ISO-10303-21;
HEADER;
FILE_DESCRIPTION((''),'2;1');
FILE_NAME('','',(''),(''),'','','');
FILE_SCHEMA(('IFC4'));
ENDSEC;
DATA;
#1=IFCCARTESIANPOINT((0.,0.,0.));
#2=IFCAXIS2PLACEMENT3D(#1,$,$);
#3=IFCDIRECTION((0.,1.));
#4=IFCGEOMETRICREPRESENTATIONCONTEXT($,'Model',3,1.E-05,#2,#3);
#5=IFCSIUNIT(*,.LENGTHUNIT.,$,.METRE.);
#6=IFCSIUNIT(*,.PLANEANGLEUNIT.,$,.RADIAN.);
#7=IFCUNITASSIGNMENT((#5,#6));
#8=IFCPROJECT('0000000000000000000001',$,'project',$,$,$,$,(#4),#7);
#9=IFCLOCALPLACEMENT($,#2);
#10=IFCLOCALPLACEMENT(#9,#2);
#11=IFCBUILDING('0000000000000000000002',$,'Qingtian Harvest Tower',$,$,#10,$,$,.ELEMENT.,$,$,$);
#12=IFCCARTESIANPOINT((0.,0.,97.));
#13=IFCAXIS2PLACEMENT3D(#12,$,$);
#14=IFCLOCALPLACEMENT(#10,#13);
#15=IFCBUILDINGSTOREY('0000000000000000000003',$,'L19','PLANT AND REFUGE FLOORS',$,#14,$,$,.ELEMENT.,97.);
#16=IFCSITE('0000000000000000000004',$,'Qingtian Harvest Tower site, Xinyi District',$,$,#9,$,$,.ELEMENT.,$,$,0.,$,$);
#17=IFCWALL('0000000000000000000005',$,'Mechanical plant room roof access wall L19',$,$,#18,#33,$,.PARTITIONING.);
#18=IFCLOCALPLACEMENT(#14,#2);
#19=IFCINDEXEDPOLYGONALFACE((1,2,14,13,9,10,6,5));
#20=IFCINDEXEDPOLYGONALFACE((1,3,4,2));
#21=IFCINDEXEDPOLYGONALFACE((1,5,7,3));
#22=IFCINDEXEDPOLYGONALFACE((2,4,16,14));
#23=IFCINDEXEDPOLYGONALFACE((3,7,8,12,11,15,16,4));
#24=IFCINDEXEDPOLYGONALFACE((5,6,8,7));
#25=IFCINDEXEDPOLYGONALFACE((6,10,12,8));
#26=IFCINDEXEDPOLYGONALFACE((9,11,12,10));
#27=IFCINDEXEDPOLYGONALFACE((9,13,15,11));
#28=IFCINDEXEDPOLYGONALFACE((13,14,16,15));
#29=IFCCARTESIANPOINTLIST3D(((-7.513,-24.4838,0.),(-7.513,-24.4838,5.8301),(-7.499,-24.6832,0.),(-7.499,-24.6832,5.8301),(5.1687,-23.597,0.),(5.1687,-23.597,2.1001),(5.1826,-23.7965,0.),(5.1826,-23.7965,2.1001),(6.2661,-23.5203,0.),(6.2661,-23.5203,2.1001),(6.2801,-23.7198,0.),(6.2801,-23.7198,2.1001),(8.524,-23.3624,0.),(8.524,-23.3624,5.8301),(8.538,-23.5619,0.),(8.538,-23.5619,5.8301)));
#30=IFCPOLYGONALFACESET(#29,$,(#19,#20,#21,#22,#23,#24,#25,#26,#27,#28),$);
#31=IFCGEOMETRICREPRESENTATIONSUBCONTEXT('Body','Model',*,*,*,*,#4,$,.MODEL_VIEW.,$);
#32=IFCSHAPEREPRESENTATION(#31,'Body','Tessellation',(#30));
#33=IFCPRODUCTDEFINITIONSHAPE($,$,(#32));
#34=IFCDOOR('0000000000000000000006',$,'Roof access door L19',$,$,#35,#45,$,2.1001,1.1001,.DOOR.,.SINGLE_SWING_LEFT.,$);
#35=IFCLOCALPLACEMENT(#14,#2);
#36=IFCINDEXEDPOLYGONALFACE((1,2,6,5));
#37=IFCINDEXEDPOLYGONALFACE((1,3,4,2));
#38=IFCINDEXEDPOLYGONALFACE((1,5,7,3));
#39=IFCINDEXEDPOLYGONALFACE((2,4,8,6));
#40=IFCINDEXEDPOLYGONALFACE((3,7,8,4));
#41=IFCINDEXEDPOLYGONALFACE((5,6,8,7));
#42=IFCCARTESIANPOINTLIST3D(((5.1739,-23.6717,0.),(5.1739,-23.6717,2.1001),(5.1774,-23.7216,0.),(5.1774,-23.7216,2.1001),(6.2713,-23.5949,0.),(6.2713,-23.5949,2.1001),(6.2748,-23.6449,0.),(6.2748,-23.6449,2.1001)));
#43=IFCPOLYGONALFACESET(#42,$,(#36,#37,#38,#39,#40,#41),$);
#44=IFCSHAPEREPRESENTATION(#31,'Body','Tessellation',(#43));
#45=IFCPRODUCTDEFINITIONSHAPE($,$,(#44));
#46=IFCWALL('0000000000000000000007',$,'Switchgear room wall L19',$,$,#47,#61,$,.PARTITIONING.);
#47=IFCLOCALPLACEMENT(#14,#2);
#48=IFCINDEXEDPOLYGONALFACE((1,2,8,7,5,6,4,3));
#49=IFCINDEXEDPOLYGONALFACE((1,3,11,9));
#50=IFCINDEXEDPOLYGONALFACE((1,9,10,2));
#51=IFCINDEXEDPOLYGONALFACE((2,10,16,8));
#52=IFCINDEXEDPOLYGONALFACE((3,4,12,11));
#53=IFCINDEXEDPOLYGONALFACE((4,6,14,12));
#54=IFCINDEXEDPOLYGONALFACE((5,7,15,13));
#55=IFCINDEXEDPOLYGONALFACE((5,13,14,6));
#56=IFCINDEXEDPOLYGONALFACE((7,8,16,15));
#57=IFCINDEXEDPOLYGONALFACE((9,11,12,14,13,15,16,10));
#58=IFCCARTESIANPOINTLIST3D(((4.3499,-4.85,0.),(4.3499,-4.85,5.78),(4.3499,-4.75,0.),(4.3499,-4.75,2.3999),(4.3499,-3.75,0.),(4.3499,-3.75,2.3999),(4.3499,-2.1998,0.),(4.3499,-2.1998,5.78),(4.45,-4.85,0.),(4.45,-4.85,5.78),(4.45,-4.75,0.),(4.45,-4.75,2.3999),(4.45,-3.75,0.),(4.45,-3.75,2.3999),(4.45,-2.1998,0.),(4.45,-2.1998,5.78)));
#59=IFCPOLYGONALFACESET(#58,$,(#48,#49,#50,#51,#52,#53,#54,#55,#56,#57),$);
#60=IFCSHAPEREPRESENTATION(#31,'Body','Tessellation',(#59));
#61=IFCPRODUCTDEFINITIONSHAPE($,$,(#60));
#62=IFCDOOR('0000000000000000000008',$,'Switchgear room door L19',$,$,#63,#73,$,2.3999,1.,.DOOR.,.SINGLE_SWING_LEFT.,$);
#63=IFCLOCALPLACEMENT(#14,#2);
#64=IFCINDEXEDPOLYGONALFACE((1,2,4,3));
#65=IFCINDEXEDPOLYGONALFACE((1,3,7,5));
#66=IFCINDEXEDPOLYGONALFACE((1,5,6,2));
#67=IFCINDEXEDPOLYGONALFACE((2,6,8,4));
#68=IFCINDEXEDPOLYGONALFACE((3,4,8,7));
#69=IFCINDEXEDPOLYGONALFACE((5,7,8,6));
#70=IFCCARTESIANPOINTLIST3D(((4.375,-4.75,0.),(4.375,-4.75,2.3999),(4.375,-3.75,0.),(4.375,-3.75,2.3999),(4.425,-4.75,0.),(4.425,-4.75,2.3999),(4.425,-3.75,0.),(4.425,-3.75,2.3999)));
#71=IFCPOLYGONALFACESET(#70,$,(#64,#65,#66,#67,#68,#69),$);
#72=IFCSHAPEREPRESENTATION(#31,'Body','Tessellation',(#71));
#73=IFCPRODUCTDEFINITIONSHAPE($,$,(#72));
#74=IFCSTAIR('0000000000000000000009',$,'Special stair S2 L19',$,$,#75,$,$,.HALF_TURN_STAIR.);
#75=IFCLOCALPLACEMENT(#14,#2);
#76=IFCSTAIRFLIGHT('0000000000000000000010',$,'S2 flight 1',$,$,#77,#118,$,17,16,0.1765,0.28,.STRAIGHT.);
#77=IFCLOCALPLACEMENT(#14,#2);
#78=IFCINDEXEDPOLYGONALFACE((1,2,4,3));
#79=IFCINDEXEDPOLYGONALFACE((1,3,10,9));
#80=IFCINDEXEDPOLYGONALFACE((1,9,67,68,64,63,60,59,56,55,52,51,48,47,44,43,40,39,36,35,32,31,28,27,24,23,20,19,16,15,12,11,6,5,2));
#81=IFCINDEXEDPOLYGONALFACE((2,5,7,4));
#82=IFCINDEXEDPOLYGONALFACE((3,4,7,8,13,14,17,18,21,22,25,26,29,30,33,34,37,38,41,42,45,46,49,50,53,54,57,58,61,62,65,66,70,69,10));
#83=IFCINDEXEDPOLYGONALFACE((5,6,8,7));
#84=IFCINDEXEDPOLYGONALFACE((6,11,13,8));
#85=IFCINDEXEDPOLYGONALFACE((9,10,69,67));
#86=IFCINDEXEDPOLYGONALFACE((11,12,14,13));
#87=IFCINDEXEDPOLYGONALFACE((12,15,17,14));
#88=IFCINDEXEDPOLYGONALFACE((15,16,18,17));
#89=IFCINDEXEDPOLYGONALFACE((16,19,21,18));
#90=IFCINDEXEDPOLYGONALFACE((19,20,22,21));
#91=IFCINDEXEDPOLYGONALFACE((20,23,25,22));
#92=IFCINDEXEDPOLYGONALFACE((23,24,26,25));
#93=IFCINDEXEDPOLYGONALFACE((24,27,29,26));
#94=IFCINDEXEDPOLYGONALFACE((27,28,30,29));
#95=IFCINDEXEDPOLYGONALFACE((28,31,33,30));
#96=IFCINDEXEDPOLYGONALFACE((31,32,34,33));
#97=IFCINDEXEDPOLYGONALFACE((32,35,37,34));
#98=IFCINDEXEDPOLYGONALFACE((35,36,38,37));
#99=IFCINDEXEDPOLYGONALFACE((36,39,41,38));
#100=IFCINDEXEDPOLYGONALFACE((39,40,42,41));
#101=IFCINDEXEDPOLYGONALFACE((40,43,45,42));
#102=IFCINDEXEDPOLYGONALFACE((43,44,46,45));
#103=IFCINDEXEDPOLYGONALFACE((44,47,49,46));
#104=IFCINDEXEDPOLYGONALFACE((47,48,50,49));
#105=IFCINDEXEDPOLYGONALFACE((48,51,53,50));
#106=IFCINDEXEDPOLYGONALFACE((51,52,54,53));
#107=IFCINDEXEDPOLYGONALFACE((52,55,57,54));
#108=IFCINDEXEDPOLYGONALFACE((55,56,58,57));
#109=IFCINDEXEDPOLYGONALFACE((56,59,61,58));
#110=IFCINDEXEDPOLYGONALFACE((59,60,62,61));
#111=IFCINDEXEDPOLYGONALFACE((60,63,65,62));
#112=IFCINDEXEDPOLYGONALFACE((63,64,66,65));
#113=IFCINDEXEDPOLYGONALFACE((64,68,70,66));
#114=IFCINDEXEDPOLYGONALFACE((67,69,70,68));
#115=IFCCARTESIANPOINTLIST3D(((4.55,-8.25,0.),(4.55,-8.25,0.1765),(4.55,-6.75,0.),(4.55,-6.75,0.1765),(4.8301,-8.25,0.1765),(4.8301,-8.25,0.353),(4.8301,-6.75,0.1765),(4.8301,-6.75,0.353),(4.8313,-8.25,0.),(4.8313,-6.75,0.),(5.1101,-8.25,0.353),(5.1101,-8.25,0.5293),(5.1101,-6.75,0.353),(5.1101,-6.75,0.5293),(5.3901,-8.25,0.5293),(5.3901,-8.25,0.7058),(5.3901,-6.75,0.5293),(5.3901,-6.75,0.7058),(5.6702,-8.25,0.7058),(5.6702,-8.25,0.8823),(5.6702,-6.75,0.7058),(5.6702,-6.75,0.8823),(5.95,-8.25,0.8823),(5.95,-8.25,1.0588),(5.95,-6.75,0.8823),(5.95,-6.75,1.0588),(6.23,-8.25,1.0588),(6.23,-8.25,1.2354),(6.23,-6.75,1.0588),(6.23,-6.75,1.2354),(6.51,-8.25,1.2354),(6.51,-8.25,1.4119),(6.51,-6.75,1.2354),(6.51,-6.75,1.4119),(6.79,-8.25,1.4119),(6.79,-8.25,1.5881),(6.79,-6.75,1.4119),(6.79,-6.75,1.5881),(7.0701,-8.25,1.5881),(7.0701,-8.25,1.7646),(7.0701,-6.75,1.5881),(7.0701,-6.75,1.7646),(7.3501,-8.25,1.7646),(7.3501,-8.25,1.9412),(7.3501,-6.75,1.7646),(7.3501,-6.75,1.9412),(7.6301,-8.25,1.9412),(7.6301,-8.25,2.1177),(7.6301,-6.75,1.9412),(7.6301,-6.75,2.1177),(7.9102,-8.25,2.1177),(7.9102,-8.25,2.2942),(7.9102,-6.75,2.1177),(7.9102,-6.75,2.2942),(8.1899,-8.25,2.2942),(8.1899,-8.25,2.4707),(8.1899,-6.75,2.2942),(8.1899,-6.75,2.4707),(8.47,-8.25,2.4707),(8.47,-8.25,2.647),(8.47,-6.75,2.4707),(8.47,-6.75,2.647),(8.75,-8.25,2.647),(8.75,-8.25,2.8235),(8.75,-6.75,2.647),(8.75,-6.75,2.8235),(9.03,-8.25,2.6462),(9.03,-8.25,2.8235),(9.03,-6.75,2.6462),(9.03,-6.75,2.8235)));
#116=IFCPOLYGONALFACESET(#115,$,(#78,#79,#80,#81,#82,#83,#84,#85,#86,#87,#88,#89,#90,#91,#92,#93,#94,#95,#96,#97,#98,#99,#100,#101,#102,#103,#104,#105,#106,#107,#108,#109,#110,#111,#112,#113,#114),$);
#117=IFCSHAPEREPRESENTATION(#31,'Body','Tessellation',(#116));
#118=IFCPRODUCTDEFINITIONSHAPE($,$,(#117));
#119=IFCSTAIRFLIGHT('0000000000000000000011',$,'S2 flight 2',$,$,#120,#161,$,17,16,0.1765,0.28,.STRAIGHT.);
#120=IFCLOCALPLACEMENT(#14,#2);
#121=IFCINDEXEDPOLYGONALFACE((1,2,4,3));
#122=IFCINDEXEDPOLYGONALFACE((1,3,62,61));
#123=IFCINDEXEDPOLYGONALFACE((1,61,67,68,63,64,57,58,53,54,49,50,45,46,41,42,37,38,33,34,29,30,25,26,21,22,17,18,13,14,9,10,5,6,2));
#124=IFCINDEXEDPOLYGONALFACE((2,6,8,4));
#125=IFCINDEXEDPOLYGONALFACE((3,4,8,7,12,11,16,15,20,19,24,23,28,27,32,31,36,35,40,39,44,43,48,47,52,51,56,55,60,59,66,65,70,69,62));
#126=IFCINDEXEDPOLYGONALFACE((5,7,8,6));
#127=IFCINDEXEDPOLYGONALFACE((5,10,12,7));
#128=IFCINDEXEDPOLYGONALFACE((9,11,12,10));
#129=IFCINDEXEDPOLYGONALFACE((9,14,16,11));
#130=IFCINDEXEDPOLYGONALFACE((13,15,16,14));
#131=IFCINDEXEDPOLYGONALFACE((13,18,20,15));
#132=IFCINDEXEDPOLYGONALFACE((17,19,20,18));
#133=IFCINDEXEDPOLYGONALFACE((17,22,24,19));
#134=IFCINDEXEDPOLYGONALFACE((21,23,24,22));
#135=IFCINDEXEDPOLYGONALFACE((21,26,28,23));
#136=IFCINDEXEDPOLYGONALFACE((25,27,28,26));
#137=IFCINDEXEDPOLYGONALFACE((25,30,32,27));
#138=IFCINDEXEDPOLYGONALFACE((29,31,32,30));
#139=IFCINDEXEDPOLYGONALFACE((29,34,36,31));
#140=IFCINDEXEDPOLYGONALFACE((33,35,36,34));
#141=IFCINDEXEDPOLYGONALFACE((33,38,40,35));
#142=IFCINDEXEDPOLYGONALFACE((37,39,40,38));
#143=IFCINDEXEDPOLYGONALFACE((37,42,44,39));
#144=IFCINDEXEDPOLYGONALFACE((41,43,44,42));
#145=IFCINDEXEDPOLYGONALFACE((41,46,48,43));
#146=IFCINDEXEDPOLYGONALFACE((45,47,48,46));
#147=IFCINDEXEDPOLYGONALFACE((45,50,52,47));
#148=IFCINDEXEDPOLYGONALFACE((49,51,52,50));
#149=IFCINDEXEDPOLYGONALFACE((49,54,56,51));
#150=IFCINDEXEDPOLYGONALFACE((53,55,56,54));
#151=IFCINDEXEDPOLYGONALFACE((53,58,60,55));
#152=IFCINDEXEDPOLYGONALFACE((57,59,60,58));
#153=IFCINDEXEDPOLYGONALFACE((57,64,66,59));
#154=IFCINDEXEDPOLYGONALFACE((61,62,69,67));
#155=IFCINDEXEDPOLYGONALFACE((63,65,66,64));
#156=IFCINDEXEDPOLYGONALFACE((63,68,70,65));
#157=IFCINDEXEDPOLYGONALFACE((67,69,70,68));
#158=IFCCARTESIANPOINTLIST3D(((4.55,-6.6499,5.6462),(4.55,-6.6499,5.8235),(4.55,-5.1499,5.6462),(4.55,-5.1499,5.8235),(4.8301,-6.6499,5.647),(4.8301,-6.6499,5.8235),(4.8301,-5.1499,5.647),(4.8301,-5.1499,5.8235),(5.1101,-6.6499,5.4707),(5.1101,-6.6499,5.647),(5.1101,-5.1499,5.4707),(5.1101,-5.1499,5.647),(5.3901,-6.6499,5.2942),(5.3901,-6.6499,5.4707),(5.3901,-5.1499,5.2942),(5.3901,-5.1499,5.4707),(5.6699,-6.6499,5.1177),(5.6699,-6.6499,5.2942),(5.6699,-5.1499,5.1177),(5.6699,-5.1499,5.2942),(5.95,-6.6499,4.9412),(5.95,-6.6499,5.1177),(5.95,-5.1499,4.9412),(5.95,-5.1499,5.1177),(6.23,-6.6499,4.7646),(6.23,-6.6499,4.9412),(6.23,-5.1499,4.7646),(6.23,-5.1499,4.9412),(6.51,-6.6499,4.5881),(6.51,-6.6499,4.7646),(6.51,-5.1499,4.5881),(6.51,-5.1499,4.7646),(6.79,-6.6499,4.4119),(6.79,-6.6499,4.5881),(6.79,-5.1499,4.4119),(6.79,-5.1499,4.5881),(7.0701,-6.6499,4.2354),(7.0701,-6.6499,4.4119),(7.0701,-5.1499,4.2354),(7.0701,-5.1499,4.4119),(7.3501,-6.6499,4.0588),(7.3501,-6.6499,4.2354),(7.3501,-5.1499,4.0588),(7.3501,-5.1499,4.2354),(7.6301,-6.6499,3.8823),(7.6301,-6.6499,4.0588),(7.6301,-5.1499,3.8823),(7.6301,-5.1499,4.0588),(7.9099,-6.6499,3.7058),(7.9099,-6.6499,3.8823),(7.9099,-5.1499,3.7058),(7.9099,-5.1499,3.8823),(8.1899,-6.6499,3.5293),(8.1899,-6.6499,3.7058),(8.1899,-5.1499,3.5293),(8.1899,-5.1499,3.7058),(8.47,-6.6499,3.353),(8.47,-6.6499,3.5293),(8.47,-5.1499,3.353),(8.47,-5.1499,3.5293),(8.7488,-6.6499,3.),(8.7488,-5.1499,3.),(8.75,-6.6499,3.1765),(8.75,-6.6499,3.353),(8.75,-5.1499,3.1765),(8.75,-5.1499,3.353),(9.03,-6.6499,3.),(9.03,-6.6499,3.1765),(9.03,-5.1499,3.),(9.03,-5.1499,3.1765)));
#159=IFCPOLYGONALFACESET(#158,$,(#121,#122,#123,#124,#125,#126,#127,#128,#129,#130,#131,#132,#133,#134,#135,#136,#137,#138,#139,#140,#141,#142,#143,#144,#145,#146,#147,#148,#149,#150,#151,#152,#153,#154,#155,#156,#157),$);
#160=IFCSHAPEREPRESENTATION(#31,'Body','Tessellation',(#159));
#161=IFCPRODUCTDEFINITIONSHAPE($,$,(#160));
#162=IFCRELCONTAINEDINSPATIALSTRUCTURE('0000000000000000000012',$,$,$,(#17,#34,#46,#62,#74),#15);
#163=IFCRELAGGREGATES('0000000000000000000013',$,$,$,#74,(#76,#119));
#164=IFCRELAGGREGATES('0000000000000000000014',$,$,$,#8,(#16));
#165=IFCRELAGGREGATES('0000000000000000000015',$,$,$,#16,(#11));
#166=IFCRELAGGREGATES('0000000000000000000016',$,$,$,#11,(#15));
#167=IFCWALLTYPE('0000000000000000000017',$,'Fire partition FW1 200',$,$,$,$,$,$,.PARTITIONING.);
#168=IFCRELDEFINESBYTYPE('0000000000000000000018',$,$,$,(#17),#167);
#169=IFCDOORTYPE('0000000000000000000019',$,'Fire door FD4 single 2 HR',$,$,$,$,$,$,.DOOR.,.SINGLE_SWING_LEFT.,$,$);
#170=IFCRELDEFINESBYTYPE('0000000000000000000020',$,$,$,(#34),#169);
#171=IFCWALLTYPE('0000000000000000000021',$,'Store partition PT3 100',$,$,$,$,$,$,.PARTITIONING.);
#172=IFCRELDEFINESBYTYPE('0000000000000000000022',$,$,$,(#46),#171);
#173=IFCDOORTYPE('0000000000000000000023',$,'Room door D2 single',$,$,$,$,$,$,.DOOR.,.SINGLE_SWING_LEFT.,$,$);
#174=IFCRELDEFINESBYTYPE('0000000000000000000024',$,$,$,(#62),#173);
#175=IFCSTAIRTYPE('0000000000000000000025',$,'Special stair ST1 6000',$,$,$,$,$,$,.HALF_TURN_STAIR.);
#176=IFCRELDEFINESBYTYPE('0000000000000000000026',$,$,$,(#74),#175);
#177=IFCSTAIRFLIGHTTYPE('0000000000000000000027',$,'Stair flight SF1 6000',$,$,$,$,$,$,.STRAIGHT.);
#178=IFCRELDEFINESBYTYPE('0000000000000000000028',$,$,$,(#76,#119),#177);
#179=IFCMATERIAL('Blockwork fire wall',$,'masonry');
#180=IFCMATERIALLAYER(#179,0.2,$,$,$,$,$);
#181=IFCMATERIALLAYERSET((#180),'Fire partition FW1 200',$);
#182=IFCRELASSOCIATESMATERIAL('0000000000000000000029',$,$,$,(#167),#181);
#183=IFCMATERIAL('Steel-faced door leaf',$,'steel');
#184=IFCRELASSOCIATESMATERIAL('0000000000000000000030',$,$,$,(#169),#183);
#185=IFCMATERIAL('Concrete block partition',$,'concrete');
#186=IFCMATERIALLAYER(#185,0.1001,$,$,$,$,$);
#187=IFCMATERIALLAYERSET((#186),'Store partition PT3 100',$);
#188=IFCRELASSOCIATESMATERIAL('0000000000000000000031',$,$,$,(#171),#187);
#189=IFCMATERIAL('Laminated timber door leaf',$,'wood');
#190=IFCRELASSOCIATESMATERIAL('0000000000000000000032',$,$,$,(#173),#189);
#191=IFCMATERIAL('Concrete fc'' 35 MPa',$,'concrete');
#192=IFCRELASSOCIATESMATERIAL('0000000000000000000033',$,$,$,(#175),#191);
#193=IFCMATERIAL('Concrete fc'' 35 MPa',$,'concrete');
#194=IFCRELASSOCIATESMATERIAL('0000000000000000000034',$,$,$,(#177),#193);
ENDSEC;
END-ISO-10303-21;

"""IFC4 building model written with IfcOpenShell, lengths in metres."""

from ifc_helpers import new_model, si_unit, direction, frame, frame_2d, origin, place, context, subcontext, project, spatial, polyline, rectangle, outline, extrude, material, layer, layer_set, type_object, element, fill, aggregate, save


model = new_model("IFC4")

# Units and contexts
model_context = context("Model", 3, precision=1e-05, world=origin(), true_north=direction((0.0, 1.0)))
body_context = subcontext(model_context, "Body", "Model", "MODEL_VIEW")
ifc_project = project(units=[si_unit("LENGTHUNIT", "METRE"), si_unit("PLANEANGLEUNIT", "RADIAN")], contexts=[model_context])

# Site, building, storey
site_placement = place(None, origin())
site = spatial("IfcSite", under=ifc_project, at=site_placement, Name="Qingtian Harvest Tower site, Xinyi District", CompositionType="ELEMENT", RefElevation=0.0)
building_placement = place(site_placement, origin())
building = spatial("IfcBuilding", under=site, at=building_placement, Name="Qingtian Harvest Tower", CompositionType="ELEMENT")
storey_placement = place(building_placement, frame((0.0, 0.0, 97.0)))
storey = spatial("IfcBuildingStorey", under=building, at=storey_placement, Name="L19", Description="PLANT AND REFUGE FLOORS", CompositionType="ELEMENT", Elevation=97.0)

# Walls, openings, doors
ifc_material_1 = material(Name="Blockwork fire wall", Category="masonry")
ifc_layer_1 = layer(ifc_material_1, 0.2)
ifc_layer_set_1 = layer_set([ifc_layer_1], Name="Fire partition FW1 200")
wall_type_1 = type_object("IfcWallType", Name="Fire partition FW1 200", PredefinedType="PARTITIONING", material=ifc_layer_set_1)
wall_1_placement = place(storey_placement, frame((8.531, -23.4622, 0.0), z_axis=(0.0, 0.0, 1.0), x_axis=(-0.997564, -0.069751, 0.0)))
wall_1 = element("IfcWall", 1, at=wall_1_placement, inside=storey, type_object=wall_type_1, Name="Mechanical plant room roof access wall L19", PredefinedType="PARTITIONING", context=body_context, shape_type="SweptSolid", body=[
    extrude(rectangle(XDim=16.0762, YDim=0.2, at=frame_2d((8.0381, 0.0))), origin(), (0.0, 0.0, 1.0), 5.8301),
])
opening_1_placement = place(wall_1_placement, frame((2.2634, 0.0, 0.0)))
opening_1 = element("IfcOpeningElement", 2, at=opening_1_placement, cuts=wall_1, PredefinedType="OPENING", context=body_context, shape_type="SweptSolid", body=[
    extrude(rectangle(XDim=1.1001, YDim=2.1001, at=frame_2d((0.55, 1.05))), frame((0.0, 0.1099, 0.0), z_axis=(0.0, -1.0, 0.0), x_axis=(1.0, 0.0, 0.0)), (0.0, 0.0, 1.0), 0.22),
])
ifc_material_2 = material(Name="Steel-faced door leaf", Category="steel")
door_type_1 = type_object("IfcDoorType", Name="Fire door FD4 single 2 HR", OperationType="SINGLE_SWING_LEFT", PredefinedType="DOOR", material=ifc_material_2)
door_1_placement = place(opening_1_placement, origin())
door_1 = element("IfcDoor", 3, at=door_1_placement, inside=storey, type_object=door_type_1, Name="Roof access door L19", OperationType="SINGLE_SWING_LEFT", OverallHeight=2.1001, OverallWidth=1.1001, PredefinedType="DOOR", context=body_context, shape_type="SweptSolid", body=[
    extrude(rectangle(XDim=1.1001, YDim=2.1001, at=frame_2d((0.55, 1.05))), frame((0.0, 0.0249, 0.0), z_axis=(0.0, -1.0, 0.0), x_axis=(1.0, 0.0, 0.0)), (0.0, 0.0, 1.0), 0.05),
])
fill(opening_1, door_1)
ifc_material_3 = material(Name="Concrete block partition", Category="concrete")
ifc_layer_2 = layer(ifc_material_3, 0.1001)
ifc_layer_set_2 = layer_set([ifc_layer_2], Name="Store partition PT3 100")
wall_type_2 = type_object("IfcWallType", Name="Store partition PT3 100", PredefinedType="PARTITIONING", material=ifc_layer_set_2)
wall_2_placement = place(storey_placement, frame((4.3999, -4.8501, 0.0), z_axis=(0.0, 0.0, 1.0), x_axis=(0.0, 1.0, 0.0)))
wall_2 = element("IfcWall", 4, at=wall_2_placement, inside=storey, type_object=wall_type_2, Name="Switchgear room wall L19", PredefinedType="PARTITIONING", context=body_context, shape_type="SweptSolid", body=[
    extrude(rectangle(XDim=2.6501, YDim=0.1001, at=frame_2d((1.3252, 0.0))), origin(), (0.0, 0.0, 1.0), 5.78),
])
opening_2_placement = place(wall_2_placement, frame((0.1001, 0.0, 0.0)))
opening_2 = element("IfcOpeningElement", 5, at=opening_2_placement, cuts=wall_2, PredefinedType="OPENING", context=body_context, shape_type="SweptSolid", body=[
    extrude(rectangle(XDim=1.0, YDim=2.3999, at=frame_2d((0.5, 1.2))), frame((0.0, 0.0601, 0.0), z_axis=(0.0, -1.0, 0.0), x_axis=(1.0, 0.0, 0.0)), (0.0, 0.0, 1.0), 0.1201),
])
ifc_material_4 = material(Name="Laminated timber door leaf", Category="wood")
door_type_2 = type_object("IfcDoorType", Name="Room door D2 single", OperationType="SINGLE_SWING_LEFT", PredefinedType="DOOR", material=ifc_material_4)
door_2_placement = place(opening_2_placement, origin())
door_2 = element("IfcDoor", 6, at=door_2_placement, inside=storey, type_object=door_type_2, Name="Switchgear room door L19", OperationType="SINGLE_SWING_LEFT", OverallHeight=2.3999, OverallWidth=1.0, PredefinedType="DOOR", context=body_context, shape_type="SweptSolid", body=[
    extrude(rectangle(XDim=1.0, YDim=2.3999, at=frame_2d((0.5, 1.2))), frame((0.0, 0.0249, 0.0), z_axis=(0.0, -1.0, 0.0), x_axis=(1.0, 0.0, 0.0)), (0.0, 0.0, 1.0), 0.05),
])
fill(opening_2, door_2)

# Stair, stair flights
ifc_material_5 = material(Name="Concrete fc' 35 MPa", Category="concrete")
stair_type = type_object("IfcStairType", Name="Special stair ST1 6000", PredefinedType="HALF_TURN_STAIR", material=ifc_material_5)
stair_placement = place(storey_placement, origin())
stair = element("IfcStair", 7, at=stair_placement, inside=storey, type_object=stair_type, Name="Special stair S2 L19", PredefinedType="HALF_TURN_STAIR")
ifc_material_6 = material(Name="Concrete fc' 35 MPa", Category="concrete")
stair_flight_type = type_object("IfcStairFlightType", Name="Stair flight SF1 6000", PredefinedType="STRAIGHT", material=ifc_material_6)
stair_flight_1_placement = place(storey_placement, frame((4.55, -7.5, 0.0), z_axis=(0.0, 0.0, 1.0), x_axis=(1.0, 0.0, 0.0)))
stair_flight_1 = element("IfcStairFlight", 8, at=stair_flight_1_placement, type_object=stair_flight_type, Name="S2 flight 1", NumberOfRisers=17, NumberOfTreads=16, PredefinedType="STRAIGHT", RiserHeight=0.1765, TreadLength=0.28, context=body_context, shape_type="SweptSolid", body=[
    extrude(outline(polyline([(0.0, 0.0), (0.0, 0.1765), (0.28, 0.1765), (0.28, 0.353), (0.5601, 0.353), (0.5601, 0.5293), (0.8401, 0.5293), (0.8401, 0.7058), (1.1201, 0.7058), (1.1201, 0.8823), (1.3999, 0.8823), (1.3999, 1.0588), (1.6799, 1.0588), (1.6799, 1.2354), (1.96, 1.2354), (1.96, 1.4119), (2.24, 1.4119), (2.24, 1.5881), (2.52, 1.5881), (2.52, 1.7646), (2.8, 1.7646), (2.8, 1.9412), (3.0801, 1.9412), (3.0801, 2.1177), (3.3601, 2.1177), (3.3601, 2.2942), (3.6399, 2.2942), (3.6399, 2.4707), (3.9199, 2.4707), (3.9199, 2.647), (4.2, 2.647), (4.2, 2.8235), (4.48, 2.8235), (4.48, 3.0), (4.48, 2.6462), (0.2812, 0.0), (0.0, 0.0)])), frame((0.0, 0.75, 0.0), z_axis=(0.0, -1.0, 0.0), x_axis=(1.0, 0.0, 0.0)), (0.0, 0.0, 1.0), 1.5),
])
stair_flight_2_placement = place(storey_placement, frame((9.03, -5.8999, 3.0), z_axis=(0.0, 0.0, 1.0), x_axis=(-1.0, 0.0, 0.0)))
stair_flight_2 = element("IfcStairFlight", 9, at=stair_flight_2_placement, type_object=stair_flight_type, Name="S2 flight 2", NumberOfRisers=17, NumberOfTreads=16, PredefinedType="STRAIGHT", RiserHeight=0.1765, TreadLength=0.28, context=body_context, shape_type="SweptSolid", body=[
    extrude(outline(polyline([(0.0, 0.0), (0.0, 0.1765), (0.28, 0.1765), (0.28, 0.353), (0.5601, 0.353), (0.5601, 0.5293), (0.8401, 0.5293), (0.8401, 0.7058), (1.1201, 0.7058), (1.1201, 0.8823), (1.3999, 0.8823), (1.3999, 1.0588), (1.6799, 1.0588), (1.6799, 1.2354), (1.96, 1.2354), (1.96, 1.4119), (2.24, 1.4119), (2.24, 1.5881), (2.52, 1.5881), (2.52, 1.7646), (2.8, 1.7646), (2.8, 1.9412), (3.0801, 1.9412), (3.0801, 2.1177), (3.3601, 2.1177), (3.3601, 2.2942), (3.6399, 2.2942), (3.6399, 2.4707), (3.9199, 2.4707), (3.9199, 2.647), (4.2, 2.647), (4.2, 2.8235), (4.48, 2.8235), (4.48, 3.0), (4.48, 2.6462), (0.2812, 0.0), (0.0, 0.0)])), frame((0.0, 0.75, 0.0), z_axis=(0.0, -1.0, 0.0), x_axis=(1.0, 0.0, 0.0)), (0.0, 0.0, 1.0), 1.5),
])
aggregate(stair, [stair_flight_1, stair_flight_2])

save(model, "model.ifc")
